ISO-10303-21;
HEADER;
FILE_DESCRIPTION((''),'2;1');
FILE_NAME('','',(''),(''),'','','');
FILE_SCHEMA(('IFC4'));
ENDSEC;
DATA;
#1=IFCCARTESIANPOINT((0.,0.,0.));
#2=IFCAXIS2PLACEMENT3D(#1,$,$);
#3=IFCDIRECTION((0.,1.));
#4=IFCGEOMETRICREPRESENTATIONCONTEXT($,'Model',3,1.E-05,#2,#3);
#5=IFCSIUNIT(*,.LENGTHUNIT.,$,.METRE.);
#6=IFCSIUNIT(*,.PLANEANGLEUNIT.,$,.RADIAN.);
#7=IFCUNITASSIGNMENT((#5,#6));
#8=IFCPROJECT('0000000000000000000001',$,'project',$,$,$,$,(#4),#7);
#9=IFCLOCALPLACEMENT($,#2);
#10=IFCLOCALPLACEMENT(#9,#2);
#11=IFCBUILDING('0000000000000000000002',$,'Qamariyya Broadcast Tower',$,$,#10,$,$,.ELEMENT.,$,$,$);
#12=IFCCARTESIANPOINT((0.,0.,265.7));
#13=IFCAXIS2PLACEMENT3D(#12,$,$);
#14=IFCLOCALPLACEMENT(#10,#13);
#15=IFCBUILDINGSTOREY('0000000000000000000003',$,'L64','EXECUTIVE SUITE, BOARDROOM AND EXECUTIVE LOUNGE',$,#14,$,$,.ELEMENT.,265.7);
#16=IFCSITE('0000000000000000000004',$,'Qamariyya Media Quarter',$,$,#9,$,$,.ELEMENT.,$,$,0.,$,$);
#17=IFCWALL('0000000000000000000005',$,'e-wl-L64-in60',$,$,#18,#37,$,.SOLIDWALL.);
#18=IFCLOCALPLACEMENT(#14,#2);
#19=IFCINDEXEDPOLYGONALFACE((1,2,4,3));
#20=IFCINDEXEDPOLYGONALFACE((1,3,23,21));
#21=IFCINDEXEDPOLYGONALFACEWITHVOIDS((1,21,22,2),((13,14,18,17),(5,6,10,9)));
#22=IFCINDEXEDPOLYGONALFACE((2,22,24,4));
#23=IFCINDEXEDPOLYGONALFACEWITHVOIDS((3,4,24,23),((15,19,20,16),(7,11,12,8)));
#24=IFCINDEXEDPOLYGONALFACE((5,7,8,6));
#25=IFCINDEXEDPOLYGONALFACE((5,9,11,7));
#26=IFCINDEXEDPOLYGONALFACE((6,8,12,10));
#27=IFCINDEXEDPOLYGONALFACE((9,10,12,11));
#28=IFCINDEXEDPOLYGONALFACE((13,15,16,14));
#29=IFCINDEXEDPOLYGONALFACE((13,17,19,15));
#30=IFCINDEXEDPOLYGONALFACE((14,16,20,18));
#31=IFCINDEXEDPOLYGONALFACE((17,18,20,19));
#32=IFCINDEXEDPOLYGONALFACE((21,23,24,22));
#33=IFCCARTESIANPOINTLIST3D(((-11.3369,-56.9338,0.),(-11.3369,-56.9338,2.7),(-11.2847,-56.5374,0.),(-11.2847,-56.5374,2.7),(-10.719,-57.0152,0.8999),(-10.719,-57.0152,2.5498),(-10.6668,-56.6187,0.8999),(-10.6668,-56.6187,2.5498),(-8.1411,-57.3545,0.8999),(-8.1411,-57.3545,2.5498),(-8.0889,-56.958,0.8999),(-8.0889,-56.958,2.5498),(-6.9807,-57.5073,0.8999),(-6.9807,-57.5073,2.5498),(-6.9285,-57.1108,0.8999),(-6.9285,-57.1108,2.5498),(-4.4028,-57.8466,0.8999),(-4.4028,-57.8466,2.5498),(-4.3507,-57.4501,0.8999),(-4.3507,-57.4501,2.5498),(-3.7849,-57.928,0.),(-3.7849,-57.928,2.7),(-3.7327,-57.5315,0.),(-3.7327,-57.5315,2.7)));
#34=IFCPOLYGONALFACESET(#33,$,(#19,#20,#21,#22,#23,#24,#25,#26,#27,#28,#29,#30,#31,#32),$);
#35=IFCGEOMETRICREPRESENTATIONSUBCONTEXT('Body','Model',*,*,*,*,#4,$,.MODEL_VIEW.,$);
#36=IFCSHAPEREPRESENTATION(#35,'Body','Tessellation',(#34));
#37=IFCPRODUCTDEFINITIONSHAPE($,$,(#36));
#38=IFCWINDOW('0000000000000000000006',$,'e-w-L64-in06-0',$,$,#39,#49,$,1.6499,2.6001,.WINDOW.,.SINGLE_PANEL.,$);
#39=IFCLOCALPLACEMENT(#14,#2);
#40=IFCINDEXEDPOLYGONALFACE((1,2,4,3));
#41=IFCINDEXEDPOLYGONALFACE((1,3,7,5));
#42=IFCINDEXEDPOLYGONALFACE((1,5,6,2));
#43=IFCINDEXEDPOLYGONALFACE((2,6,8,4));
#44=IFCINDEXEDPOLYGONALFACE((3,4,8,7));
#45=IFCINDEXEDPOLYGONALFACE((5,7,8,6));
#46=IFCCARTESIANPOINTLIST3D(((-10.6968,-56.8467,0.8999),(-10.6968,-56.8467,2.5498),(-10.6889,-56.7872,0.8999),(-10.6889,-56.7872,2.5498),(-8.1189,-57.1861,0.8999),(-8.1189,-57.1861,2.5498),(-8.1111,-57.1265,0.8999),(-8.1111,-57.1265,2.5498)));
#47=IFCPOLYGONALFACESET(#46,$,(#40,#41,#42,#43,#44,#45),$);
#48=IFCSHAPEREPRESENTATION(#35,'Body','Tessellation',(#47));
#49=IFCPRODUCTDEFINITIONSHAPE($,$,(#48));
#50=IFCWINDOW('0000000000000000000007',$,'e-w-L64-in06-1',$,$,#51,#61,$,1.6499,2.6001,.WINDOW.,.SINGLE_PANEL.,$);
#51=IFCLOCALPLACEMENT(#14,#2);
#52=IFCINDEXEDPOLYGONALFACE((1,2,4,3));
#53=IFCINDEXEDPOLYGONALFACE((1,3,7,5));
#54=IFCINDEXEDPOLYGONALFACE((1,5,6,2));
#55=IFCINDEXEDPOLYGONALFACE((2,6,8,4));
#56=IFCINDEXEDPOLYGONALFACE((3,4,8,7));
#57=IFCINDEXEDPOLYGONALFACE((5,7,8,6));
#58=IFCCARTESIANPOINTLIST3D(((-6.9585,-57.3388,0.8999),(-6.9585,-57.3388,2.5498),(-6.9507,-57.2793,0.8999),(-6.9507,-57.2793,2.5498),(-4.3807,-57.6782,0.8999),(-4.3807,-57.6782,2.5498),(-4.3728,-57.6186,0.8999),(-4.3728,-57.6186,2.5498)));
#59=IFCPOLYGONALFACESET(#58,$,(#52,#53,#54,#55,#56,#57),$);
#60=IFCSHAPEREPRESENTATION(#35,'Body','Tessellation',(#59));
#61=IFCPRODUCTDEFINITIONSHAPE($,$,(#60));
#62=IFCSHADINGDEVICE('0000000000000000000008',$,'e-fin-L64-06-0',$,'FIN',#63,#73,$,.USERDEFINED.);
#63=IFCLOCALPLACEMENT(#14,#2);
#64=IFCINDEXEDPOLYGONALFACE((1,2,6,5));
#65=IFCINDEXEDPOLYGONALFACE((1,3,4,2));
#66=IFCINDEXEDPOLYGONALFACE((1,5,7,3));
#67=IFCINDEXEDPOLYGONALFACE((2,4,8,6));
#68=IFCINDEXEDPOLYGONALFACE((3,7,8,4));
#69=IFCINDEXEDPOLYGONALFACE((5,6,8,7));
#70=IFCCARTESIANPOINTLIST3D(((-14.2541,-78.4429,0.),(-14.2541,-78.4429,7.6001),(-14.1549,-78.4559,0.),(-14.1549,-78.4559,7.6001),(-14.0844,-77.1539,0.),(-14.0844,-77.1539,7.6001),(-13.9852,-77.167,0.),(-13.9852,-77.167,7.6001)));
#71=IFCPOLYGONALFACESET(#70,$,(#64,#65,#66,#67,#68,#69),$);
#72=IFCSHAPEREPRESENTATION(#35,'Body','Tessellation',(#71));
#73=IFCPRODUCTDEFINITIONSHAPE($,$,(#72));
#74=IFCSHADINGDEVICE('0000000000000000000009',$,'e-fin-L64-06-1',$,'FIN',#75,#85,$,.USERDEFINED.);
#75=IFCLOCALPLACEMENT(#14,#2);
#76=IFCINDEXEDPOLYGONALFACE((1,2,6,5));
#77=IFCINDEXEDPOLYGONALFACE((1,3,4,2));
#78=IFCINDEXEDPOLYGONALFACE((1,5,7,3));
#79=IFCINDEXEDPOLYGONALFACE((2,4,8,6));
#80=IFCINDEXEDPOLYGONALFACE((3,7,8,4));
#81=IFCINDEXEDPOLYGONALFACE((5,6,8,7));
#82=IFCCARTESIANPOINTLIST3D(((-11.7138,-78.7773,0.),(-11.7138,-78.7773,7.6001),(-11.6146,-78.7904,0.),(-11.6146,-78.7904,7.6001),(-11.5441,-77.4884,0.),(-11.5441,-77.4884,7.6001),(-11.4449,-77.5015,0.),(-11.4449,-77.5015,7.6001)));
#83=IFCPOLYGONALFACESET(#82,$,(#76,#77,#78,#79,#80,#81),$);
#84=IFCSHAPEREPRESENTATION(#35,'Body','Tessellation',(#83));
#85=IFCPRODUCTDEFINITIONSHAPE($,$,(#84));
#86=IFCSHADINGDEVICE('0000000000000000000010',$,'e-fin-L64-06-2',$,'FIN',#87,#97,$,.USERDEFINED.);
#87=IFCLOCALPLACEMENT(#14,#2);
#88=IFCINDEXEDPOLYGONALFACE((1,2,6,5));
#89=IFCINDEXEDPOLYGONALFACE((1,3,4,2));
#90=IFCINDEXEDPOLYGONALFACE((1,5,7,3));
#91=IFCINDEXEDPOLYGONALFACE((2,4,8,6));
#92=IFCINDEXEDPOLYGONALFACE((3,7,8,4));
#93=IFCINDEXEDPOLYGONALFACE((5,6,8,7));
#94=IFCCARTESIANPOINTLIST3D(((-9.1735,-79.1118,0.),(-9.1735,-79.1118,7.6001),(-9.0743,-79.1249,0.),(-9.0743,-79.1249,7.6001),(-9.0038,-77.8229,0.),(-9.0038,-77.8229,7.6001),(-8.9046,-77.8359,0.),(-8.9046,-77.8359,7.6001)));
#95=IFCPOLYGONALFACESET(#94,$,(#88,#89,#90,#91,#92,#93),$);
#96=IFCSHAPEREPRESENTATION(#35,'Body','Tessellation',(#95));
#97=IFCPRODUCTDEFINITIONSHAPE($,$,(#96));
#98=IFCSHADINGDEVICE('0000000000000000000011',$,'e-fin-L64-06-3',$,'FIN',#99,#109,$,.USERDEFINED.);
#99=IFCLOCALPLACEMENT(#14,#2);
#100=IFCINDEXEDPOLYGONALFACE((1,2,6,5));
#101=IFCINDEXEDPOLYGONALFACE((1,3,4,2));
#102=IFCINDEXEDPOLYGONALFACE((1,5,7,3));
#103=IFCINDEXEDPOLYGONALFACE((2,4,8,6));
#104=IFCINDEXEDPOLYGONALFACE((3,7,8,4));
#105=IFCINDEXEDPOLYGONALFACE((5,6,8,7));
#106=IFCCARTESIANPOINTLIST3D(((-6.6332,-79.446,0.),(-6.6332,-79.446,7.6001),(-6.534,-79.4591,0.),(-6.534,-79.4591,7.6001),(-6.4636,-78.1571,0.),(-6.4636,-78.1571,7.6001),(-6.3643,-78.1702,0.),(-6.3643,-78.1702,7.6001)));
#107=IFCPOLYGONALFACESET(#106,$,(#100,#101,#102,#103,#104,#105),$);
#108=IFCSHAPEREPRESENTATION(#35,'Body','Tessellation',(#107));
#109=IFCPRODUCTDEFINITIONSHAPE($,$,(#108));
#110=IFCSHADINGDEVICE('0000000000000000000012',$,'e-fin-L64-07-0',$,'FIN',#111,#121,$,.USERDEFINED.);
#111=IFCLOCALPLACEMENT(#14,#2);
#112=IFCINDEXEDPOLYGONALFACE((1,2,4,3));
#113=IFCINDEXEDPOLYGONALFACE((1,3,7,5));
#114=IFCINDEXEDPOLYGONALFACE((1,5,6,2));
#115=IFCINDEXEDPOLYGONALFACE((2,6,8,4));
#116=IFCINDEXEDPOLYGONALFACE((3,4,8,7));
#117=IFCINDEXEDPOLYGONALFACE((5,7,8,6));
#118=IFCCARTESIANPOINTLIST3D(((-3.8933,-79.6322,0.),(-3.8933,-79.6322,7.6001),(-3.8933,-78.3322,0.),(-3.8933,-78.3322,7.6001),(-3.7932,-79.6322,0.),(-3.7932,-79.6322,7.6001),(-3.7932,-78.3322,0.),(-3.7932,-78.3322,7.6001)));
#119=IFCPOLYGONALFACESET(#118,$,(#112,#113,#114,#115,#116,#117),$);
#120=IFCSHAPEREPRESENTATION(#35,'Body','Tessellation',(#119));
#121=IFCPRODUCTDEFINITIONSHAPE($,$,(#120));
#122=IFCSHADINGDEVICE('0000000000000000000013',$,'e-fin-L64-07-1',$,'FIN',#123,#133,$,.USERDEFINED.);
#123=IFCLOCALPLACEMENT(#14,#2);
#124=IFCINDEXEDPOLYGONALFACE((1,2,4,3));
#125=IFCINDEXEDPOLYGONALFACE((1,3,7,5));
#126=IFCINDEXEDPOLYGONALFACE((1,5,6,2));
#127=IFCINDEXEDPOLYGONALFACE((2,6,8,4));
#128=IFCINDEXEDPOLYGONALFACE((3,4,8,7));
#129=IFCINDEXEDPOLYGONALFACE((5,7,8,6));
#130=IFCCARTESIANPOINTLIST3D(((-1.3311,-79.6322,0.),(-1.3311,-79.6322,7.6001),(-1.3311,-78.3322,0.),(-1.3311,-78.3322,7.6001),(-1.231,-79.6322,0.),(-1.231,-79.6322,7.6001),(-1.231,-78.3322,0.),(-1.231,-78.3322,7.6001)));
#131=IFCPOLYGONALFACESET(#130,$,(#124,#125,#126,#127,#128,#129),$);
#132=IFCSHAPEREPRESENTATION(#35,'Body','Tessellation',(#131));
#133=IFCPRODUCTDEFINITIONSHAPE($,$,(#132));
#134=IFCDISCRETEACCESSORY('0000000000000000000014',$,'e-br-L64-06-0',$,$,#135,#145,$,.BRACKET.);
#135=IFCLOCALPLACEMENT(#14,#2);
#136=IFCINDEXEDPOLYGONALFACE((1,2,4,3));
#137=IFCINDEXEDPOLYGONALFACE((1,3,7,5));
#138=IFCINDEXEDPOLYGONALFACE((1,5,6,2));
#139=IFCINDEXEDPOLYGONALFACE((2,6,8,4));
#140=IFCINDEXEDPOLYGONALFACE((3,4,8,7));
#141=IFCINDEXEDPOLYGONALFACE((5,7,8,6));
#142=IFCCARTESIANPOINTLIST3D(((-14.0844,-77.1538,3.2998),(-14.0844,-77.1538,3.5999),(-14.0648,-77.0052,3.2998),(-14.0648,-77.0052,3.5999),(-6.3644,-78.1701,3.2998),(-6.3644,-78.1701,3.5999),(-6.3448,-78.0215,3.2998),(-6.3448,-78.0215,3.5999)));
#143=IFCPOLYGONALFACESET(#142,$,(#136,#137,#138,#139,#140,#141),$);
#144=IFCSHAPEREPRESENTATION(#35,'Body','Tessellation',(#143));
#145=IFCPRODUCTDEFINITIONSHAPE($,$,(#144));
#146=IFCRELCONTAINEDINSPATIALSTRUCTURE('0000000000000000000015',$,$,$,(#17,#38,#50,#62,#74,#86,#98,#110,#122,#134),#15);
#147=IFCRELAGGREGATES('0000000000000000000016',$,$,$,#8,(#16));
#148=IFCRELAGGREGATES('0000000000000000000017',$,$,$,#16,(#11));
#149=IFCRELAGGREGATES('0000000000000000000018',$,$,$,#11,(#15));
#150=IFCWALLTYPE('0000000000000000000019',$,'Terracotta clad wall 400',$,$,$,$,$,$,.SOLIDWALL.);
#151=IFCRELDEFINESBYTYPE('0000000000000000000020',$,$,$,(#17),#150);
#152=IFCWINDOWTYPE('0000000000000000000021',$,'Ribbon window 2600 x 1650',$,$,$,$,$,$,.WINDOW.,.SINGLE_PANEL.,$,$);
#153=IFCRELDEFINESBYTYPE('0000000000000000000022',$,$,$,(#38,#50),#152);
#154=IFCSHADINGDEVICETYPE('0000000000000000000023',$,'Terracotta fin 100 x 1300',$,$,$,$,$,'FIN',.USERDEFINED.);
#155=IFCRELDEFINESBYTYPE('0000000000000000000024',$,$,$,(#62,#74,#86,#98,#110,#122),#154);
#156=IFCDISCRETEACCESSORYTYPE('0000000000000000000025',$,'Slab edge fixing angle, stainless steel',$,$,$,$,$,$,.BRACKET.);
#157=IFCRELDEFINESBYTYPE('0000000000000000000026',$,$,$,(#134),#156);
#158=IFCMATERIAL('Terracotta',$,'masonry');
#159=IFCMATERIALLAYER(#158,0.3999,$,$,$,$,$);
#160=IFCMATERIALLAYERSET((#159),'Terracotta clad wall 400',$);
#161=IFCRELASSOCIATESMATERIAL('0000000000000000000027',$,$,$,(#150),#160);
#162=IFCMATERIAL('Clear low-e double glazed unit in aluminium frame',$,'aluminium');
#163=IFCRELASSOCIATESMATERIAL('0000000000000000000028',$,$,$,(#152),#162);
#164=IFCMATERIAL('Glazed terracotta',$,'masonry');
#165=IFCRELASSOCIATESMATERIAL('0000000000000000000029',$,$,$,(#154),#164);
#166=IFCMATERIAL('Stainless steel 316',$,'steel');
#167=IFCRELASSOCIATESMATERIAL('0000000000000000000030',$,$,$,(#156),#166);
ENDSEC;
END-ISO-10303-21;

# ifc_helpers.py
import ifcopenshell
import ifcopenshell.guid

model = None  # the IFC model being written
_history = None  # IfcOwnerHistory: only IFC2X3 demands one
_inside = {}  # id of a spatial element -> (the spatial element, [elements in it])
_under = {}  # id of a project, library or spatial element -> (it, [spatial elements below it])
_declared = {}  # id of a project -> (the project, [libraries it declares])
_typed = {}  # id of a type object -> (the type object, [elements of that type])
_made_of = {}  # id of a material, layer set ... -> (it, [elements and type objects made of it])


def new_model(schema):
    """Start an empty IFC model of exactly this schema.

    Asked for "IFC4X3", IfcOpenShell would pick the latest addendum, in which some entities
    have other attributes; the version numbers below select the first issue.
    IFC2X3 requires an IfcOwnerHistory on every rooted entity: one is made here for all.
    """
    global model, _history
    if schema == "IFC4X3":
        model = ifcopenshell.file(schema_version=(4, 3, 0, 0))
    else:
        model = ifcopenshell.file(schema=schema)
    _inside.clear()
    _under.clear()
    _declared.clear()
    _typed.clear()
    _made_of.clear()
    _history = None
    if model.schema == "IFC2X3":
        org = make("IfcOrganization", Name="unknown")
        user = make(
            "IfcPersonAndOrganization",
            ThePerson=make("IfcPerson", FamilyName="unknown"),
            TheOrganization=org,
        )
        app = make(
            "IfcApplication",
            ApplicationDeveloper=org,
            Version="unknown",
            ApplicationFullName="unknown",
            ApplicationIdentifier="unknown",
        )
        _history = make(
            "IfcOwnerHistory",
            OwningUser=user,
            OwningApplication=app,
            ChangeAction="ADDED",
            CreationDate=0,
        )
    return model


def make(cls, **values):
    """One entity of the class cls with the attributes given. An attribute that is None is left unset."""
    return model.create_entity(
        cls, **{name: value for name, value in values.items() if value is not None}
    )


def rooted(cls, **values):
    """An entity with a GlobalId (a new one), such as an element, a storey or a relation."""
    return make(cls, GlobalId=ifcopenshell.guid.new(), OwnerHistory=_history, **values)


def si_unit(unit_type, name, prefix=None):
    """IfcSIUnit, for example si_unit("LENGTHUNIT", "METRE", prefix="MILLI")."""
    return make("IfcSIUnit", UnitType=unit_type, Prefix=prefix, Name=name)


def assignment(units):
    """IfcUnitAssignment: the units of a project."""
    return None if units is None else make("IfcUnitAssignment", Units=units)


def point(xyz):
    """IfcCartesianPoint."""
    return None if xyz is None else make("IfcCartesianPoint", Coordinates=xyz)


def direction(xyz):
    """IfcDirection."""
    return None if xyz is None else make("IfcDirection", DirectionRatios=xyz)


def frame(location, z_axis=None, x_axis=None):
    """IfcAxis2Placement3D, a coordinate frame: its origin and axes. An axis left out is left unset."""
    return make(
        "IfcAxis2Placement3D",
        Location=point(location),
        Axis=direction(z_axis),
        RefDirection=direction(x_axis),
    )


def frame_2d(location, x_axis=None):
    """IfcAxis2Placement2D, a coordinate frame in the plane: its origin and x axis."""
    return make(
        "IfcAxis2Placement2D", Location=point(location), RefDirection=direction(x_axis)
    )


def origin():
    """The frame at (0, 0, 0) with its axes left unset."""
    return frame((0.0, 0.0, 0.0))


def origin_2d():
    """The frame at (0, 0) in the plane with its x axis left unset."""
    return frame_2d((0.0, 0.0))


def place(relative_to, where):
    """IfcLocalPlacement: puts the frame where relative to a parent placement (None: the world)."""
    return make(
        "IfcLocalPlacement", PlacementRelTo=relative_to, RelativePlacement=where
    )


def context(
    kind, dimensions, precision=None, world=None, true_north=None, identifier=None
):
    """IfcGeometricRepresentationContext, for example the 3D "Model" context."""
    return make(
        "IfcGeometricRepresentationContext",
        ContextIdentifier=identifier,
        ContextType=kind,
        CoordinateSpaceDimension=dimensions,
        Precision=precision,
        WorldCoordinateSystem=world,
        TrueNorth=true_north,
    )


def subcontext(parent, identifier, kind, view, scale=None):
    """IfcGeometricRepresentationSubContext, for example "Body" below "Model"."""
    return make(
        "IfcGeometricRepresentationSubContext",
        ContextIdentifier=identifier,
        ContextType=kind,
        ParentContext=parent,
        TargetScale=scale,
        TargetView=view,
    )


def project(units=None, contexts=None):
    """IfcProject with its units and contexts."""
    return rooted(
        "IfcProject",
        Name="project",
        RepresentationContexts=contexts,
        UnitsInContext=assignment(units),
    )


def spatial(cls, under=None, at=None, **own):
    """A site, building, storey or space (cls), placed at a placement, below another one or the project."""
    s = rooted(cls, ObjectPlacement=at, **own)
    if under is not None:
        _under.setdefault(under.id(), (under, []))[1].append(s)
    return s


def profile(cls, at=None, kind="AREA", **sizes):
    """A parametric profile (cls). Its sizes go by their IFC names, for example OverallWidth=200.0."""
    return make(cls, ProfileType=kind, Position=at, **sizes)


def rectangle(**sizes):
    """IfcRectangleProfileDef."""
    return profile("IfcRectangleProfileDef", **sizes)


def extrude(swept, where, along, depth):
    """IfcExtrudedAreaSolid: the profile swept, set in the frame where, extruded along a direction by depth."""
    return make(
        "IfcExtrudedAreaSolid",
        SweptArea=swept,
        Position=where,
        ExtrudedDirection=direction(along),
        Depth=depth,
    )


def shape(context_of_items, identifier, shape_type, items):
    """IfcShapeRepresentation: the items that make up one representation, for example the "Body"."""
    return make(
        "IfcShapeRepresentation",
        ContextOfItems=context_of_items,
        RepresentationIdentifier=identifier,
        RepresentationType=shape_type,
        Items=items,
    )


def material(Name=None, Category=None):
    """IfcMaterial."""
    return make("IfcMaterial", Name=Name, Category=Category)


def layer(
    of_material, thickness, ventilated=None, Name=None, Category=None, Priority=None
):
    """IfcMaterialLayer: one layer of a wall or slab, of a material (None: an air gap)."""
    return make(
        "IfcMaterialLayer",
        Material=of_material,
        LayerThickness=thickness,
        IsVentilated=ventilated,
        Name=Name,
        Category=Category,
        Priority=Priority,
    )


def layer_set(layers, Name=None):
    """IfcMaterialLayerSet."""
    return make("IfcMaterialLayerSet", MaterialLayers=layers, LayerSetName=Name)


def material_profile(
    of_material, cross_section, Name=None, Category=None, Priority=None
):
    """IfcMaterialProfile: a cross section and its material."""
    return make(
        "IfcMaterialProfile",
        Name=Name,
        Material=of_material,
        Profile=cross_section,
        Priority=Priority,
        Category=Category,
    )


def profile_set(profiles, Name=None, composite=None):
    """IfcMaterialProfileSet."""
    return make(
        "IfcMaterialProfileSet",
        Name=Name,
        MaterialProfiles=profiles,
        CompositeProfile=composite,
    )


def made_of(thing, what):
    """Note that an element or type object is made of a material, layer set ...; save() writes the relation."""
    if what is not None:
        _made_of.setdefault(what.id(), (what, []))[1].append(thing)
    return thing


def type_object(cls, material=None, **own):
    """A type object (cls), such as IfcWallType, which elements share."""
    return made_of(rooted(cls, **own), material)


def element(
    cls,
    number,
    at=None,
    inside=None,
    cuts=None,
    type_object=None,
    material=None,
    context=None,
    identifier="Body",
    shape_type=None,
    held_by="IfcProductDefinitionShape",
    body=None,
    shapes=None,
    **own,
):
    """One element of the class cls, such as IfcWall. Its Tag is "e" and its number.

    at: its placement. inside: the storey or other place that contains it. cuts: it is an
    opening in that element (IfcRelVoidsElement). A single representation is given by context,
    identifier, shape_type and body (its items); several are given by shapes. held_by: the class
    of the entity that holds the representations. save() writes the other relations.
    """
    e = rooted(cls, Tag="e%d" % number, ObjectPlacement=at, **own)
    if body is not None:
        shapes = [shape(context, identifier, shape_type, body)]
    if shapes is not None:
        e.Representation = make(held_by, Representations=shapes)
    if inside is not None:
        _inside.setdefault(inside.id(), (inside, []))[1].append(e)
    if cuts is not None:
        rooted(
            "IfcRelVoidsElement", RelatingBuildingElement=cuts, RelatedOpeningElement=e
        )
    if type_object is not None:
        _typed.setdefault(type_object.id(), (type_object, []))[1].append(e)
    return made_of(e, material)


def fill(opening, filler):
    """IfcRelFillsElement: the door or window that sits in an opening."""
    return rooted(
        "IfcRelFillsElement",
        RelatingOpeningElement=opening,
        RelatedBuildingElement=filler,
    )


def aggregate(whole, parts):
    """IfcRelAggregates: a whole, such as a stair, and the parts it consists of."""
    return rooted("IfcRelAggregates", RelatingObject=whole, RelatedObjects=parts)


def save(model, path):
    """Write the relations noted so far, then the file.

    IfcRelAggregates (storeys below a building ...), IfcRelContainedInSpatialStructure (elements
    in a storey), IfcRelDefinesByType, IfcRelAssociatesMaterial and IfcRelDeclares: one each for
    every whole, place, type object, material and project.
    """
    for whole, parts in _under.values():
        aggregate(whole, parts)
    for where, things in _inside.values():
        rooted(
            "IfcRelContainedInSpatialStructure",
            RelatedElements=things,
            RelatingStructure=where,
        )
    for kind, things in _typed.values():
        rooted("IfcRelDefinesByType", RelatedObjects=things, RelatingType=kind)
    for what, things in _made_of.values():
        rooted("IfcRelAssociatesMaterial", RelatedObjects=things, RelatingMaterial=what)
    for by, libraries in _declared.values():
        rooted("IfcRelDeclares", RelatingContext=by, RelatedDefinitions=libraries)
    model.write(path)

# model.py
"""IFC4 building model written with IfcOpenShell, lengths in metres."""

from ifc_helpers import new_model, si_unit, direction, frame, frame_2d, origin, origin_2d, place, context, subcontext, project, spatial, rectangle, extrude, material, layer, layer_set, material_profile, profile_set, type_object, element, fill, save


model = new_model("IFC4")

# Units and contexts
model_context = context("Model", 3, precision=1e-05, world=origin(), true_north=direction((0.0, 1.0)))
body_context = subcontext(model_context, "Body", "Model", "MODEL_VIEW")
ifc_project = project(units=[si_unit("LENGTHUNIT", "METRE"), si_unit("PLANEANGLEUNIT", "RADIAN")], contexts=[model_context])

# Site, building, storey
site_placement = place(None, origin())
site = spatial("IfcSite", under=ifc_project, at=site_placement, Name="Qamariyya Media Quarter", CompositionType="ELEMENT", RefElevation=0.0)
building_placement = place(site_placement, origin())
building = spatial("IfcBuilding", under=site, at=building_placement, Name="Qamariyya Broadcast Tower", CompositionType="ELEMENT")
storey_placement = place(building_placement, frame((0.0, 0.0, 265.7)))
storey = spatial("IfcBuildingStorey", under=building, at=storey_placement, Name="L64", Description="EXECUTIVE SUITE, BOARDROOM AND EXECUTIVE LOUNGE", CompositionType="ELEMENT", Elevation=265.7)

# Wall, openings, windows
ifc_material_1 = material(Name="Terracotta", Category="masonry")
ifc_layer_1 = layer(ifc_material_1, 0.3999)
ifc_layer_set_1 = layer_set([ifc_layer_1], Name="Terracotta clad wall 400")
wall_type_1 = type_object("IfcWallType", Name="Terracotta clad wall 400", PredefinedType="SOLIDWALL", material=ifc_layer_set_1)
wall_1_placement = place(storey_placement, frame((-3.7588, -57.7297, 0.0), z_axis=(0.0, 0.0, 1.0), x_axis=(-0.991447, 0.130513, 0.0)))
wall_1 = element("IfcWall", 1, at=wall_1_placement, inside=storey, type_object=wall_type_1, Name="e-wl-L64-in60", PredefinedType="SOLIDWALL", context=body_context, shape_type="SweptSolid", body=[
    extrude(rectangle(XDim=7.6172, YDim=0.3999, at=frame_2d((3.8086, 0.0))), origin(), (0.0, 0.0, 1.0), 2.7),
])
opening_1_placement = place(wall_1_placement, frame((4.3938, 0.0, 0.8999)))
opening_1 = element("IfcOpeningElement", 2, at=opening_1_placement, cuts=wall_1, PredefinedType="OPENING", context=body_context, shape_type="SweptSolid", body=[
    extrude(rectangle(XDim=2.6001, YDim=1.6499, at=frame_2d((1.3, 0.825))), frame((0.0, 0.21, 0.0), z_axis=(0.0, -1.0, 0.0), x_axis=(1.0, 0.0, 0.0)), (0.0, 0.0, 1.0), 0.4199),
])
opening_2_placement = place(wall_1_placement, frame((0.6233, 0.0, 0.8999)))
opening_2 = element("IfcOpeningElement", 3, at=opening_2_placement, cuts=wall_1, PredefinedType="OPENING", context=body_context, shape_type="SweptSolid", body=[
    extrude(rectangle(XDim=2.6001, YDim=1.6499, at=frame_2d((1.3, 0.825))), frame((0.0, 0.21, 0.0), z_axis=(0.0, -1.0, 0.0), x_axis=(1.0, 0.0, 0.0)), (0.0, 0.0, 1.0), 0.4199),
])
ifc_material_2 = material(Name="Clear low-e double glazed unit in aluminium frame", Category="aluminium")
window_type = type_object("IfcWindowType", Name="Ribbon window 2600 x 1650", PartitioningType="SINGLE_PANEL", PredefinedType="WINDOW", material=ifc_material_2)
window_1_placement = place(opening_1_placement, origin())
window_1 = element("IfcWindow", 4, at=window_1_placement, inside=storey, type_object=window_type, Name="e-w-L64-in06-0", OverallHeight=1.6499, OverallWidth=2.6001, PartitioningType="SINGLE_PANEL", PredefinedType="WINDOW", context=body_context, shape_type="SweptSolid", body=[
    extrude(rectangle(XDim=2.6001, YDim=1.6499, at=frame_2d((1.3, 0.825))), frame((0.0, 0.03, 0.0), z_axis=(0.0, -1.0, 0.0), x_axis=(1.0, 0.0, 0.0)), (0.0, 0.0, 1.0), 0.0601),
])
fill(opening_1, window_1)
window_2_placement = place(opening_2_placement, origin())
window_2 = element("IfcWindow", 5, at=window_2_placement, inside=storey, type_object=window_type, Name="e-w-L64-in06-1", OverallHeight=1.6499, OverallWidth=2.6001, PartitioningType="SINGLE_PANEL", PredefinedType="WINDOW", context=body_context, shape_type="SweptSolid", body=[
    extrude(rectangle(XDim=2.6001, YDim=1.6499, at=frame_2d((1.3, 0.825))), frame((0.0, 0.03, 0.0), z_axis=(0.0, -1.0, 0.0), x_axis=(1.0, 0.0, 0.0)), (0.0, 0.0, 1.0), 0.0601),
])
fill(opening_2, window_2)

# Shading devices
ifc_material_3 = material(Name="Glazed terracotta", Category="masonry")
ifc_material_profile_1 = material_profile(ifc_material_3, rectangle(XDim=1.3, YDim=0.1001, at=origin_2d()))
ifc_profile_set_1 = profile_set([ifc_material_profile_1], Name="Glazed terracotta")
shading_device_type_1 = type_object("IfcShadingDeviceType", Name="Terracotta fin 100 x 1300", ElementType="FIN", PredefinedType="USERDEFINED", material=ifc_profile_set_1)
for number, where, z_axis, x_axis, name in (
    (6, (-14.1196, -77.8049, 0.0), (0.0, 0.0, 1.0), (-0.130526, -0.991445, 0.0), "e-fin-L64-06-0"),
    (7, (-11.5793, -78.1394, 0.0), (0.0, 0.0, 1.0), (-0.130526, -0.991445, 0.0), "e-fin-L64-06-1"),
    (8, (-9.0391, -78.4739, 0.0), (0.0, 0.0, 1.0), (-0.130526, -0.991445, 0.0), "e-fin-L64-06-2"),
    (9, (-6.4988, -78.8081, 0.0), (0.0, 0.0, 1.0), (-0.130526, -0.991445, 0.0), "e-fin-L64-06-3"),
    (10, (-3.8433, -78.9822, 0.0), (0.0, 0.0, 1.0), (0.0, -1.0, 0.0), "e-fin-L64-07-0"),
    (11, (-1.281, -78.9822, 0.0), (0.0, 0.0, 1.0), (0.0, -1.0, 0.0), "e-fin-L64-07-1"),
):
    element("IfcShadingDevice", number, at=place(storey_placement, frame(where, z_axis=z_axis, x_axis=x_axis)), inside=storey, type_object=shading_device_type_1, Name=name, ObjectType="FIN", PredefinedType="USERDEFINED", context=body_context, shape_type="SweptSolid", body=[
        extrude(rectangle(XDim=1.3, YDim=0.1001, at=origin_2d()), origin(), (0.0, 0.0, 1.0), 7.6001),
    ])

# Discrete accessory
ifc_material_4 = material(Name="Stainless steel 316", Category="steel")
discrete_accessory_type = type_object("IfcDiscreteAccessoryType", Name="Slab edge fixing angle, stainless steel", PredefinedType="BRACKET", material=ifc_material_4)
discrete_accessory_placement = place(storey_placement, frame((-10.2146, -77.5876, 3.2998), z_axis=(0.0, 0.0, 1.0), x_axis=(0.991445, -0.130526, 0.0)))
element("IfcDiscreteAccessory", 12, at=discrete_accessory_placement, inside=storey, type_object=discrete_accessory_type, Name="e-br-L64-06-0", PredefinedType="BRACKET", context=body_context, shape_type="SweptSolid", body=[
    extrude(rectangle(XDim=7.7866, YDim=0.1499, at=origin_2d()), origin(), (0.0, 0.0, 1.0), 0.3),
])

save(model, "model.ifc")
